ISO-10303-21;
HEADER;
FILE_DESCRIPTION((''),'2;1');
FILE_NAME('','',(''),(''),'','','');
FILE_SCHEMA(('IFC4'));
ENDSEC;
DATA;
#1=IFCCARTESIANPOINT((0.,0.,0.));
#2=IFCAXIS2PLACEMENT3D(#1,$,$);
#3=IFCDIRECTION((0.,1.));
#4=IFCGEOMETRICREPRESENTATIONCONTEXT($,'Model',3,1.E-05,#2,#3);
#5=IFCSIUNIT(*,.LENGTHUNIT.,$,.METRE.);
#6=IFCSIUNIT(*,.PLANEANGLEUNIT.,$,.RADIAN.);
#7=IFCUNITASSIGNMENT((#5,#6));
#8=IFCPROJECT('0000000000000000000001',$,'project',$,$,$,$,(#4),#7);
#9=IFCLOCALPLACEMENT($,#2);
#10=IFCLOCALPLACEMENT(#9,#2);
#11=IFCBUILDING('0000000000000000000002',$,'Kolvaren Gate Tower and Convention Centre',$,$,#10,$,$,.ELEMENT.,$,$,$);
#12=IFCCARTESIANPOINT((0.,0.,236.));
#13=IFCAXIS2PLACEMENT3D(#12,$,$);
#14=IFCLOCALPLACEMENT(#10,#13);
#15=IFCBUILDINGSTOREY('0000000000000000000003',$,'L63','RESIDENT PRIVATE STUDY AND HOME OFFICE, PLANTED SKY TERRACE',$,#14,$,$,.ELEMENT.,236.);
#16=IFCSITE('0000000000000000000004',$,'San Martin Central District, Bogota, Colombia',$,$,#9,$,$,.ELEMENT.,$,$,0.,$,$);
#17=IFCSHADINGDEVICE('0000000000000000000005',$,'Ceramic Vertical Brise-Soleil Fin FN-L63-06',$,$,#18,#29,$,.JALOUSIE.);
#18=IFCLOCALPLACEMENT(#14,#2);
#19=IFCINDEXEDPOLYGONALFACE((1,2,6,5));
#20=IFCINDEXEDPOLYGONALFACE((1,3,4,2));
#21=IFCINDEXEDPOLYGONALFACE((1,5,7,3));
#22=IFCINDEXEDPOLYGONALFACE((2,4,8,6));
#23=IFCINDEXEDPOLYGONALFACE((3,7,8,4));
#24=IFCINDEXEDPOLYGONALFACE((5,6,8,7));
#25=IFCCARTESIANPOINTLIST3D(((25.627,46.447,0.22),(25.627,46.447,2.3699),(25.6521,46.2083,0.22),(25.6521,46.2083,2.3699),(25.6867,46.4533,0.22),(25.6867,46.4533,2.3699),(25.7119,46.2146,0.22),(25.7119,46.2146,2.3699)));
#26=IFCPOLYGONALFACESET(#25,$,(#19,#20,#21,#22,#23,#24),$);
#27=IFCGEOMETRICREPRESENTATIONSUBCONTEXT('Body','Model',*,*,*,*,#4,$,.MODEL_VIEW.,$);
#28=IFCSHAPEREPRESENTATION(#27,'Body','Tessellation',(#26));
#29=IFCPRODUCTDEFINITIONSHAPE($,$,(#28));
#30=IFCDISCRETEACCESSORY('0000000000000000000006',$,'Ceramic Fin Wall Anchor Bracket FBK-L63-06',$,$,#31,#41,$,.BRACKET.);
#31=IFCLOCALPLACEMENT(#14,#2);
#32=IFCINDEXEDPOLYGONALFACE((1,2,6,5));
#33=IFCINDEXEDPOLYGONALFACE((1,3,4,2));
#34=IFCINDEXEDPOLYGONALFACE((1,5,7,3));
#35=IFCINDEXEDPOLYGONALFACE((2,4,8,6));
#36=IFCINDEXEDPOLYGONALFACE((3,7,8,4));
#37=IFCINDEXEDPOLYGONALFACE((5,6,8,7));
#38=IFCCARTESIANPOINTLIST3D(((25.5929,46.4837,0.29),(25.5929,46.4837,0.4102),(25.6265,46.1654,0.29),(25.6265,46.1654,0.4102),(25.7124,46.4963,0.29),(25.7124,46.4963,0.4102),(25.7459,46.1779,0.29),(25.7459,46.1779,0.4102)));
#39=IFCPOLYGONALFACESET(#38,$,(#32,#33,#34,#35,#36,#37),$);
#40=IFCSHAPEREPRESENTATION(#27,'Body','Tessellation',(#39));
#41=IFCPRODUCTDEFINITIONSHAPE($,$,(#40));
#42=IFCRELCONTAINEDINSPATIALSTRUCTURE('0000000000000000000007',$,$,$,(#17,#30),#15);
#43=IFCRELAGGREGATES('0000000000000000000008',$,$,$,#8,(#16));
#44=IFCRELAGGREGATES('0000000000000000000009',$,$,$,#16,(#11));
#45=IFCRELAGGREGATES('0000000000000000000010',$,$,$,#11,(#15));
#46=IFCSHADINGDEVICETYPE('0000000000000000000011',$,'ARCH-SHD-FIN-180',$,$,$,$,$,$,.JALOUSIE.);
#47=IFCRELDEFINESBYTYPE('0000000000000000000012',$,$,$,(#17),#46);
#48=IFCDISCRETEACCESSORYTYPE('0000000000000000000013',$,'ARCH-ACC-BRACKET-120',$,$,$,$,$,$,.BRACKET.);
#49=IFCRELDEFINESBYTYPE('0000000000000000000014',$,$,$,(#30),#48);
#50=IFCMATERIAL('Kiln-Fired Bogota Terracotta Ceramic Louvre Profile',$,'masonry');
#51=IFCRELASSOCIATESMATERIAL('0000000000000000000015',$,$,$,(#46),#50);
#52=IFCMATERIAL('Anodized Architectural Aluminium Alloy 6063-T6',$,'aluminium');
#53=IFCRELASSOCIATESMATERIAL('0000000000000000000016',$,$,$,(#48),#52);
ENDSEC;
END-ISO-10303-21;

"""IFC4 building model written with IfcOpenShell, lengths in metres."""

from ifc_helpers import new_model, si_unit, direction, frame, origin, origin_2d, place, context, subcontext, project, spatial, rectangle, extrude, material, type_object, element, save


model = new_model("IFC4")

# Units and contexts
model_context = context("Model", 3, precision=1e-05, world=origin(), true_north=direction((0.0, 1.0)))
body_context = subcontext(model_context, "Body", "Model", "MODEL_VIEW")
ifc_project = project(units=[si_unit("LENGTHUNIT", "METRE"), si_unit("PLANEANGLEUNIT", "RADIAN")], contexts=[model_context])

# Site, building, storey
site_placement = place(None, origin())
site = spatial("IfcSite", under=ifc_project, at=site_placement, Name="San Martin Central District, Bogota, Colombia", CompositionType="ELEMENT", RefElevation=0.0)
building_placement = place(site_placement, origin())
building = spatial("IfcBuilding", under=site, at=building_placement, Name="Kolvaren Gate Tower and Convention Centre", CompositionType="ELEMENT")
storey_placement = place(building_placement, frame((0.0, 0.0, 236.0)))
storey = spatial("IfcBuildingStorey", under=building, at=storey_placement, Name="L63", Description="RESIDENT PRIVATE STUDY AND HOME OFFICE, PLANTED SKY TERRACE", CompositionType="ELEMENT", Elevation=236.0)

# Shading device
ifc_material_1 = material(Name="Kiln-Fired Bogota Terracotta Ceramic Louvre Profile", Category="masonry")
shading_device_type = type_object("IfcShadingDeviceType", Name="ARCH-SHD-FIN-180", PredefinedType="JALOUSIE", material=ifc_material_1)
shading_device_placement = place(storey_placement, frame((25.6694, 46.3308, 0.22), z_axis=(0.0, 0.0, 1.0), x_axis=(0.994499, 0.104747, 0.0)))
element("IfcShadingDevice", 1, at=shading_device_placement, inside=storey, type_object=shading_device_type, Name="Ceramic Vertical Brise-Soleil Fin FN-L63-06", PredefinedType="JALOUSIE", context=body_context, shape_type="SweptSolid", body=[
    extrude(rectangle(XDim=0.0601, YDim=0.24, at=origin_2d()), origin(), (0.0, 0.0, 1.0), 2.1499),
])

# Discrete accessory
ifc_material_2 = material(Name="Anodized Architectural Aluminium Alloy 6063-T6", Category="aluminium")
discrete_accessory_type = type_object("IfcDiscreteAccessoryType", Name="ARCH-ACC-BRACKET-120", PredefinedType="BRACKET", material=ifc_material_2)
discrete_accessory_placement = place(storey_placement, frame((25.6694, 46.3308, 0.29), z_axis=(0.0, 0.0, 1.0), x_axis=(0.994499, 0.104747, 0.0)))
element("IfcDiscreteAccessory", 2, at=discrete_accessory_placement, inside=storey, type_object=discrete_accessory_type, Name="Ceramic Fin Wall Anchor Bracket FBK-L63-06", PredefinedType="BRACKET", context=body_context, shape_type="SweptSolid", body=[
    extrude(rectangle(XDim=0.1201, YDim=0.3201, at=origin_2d()), origin(), (0.0, 0.0, 1.0), 0.1201),
])

save(model, "model.ifc")
